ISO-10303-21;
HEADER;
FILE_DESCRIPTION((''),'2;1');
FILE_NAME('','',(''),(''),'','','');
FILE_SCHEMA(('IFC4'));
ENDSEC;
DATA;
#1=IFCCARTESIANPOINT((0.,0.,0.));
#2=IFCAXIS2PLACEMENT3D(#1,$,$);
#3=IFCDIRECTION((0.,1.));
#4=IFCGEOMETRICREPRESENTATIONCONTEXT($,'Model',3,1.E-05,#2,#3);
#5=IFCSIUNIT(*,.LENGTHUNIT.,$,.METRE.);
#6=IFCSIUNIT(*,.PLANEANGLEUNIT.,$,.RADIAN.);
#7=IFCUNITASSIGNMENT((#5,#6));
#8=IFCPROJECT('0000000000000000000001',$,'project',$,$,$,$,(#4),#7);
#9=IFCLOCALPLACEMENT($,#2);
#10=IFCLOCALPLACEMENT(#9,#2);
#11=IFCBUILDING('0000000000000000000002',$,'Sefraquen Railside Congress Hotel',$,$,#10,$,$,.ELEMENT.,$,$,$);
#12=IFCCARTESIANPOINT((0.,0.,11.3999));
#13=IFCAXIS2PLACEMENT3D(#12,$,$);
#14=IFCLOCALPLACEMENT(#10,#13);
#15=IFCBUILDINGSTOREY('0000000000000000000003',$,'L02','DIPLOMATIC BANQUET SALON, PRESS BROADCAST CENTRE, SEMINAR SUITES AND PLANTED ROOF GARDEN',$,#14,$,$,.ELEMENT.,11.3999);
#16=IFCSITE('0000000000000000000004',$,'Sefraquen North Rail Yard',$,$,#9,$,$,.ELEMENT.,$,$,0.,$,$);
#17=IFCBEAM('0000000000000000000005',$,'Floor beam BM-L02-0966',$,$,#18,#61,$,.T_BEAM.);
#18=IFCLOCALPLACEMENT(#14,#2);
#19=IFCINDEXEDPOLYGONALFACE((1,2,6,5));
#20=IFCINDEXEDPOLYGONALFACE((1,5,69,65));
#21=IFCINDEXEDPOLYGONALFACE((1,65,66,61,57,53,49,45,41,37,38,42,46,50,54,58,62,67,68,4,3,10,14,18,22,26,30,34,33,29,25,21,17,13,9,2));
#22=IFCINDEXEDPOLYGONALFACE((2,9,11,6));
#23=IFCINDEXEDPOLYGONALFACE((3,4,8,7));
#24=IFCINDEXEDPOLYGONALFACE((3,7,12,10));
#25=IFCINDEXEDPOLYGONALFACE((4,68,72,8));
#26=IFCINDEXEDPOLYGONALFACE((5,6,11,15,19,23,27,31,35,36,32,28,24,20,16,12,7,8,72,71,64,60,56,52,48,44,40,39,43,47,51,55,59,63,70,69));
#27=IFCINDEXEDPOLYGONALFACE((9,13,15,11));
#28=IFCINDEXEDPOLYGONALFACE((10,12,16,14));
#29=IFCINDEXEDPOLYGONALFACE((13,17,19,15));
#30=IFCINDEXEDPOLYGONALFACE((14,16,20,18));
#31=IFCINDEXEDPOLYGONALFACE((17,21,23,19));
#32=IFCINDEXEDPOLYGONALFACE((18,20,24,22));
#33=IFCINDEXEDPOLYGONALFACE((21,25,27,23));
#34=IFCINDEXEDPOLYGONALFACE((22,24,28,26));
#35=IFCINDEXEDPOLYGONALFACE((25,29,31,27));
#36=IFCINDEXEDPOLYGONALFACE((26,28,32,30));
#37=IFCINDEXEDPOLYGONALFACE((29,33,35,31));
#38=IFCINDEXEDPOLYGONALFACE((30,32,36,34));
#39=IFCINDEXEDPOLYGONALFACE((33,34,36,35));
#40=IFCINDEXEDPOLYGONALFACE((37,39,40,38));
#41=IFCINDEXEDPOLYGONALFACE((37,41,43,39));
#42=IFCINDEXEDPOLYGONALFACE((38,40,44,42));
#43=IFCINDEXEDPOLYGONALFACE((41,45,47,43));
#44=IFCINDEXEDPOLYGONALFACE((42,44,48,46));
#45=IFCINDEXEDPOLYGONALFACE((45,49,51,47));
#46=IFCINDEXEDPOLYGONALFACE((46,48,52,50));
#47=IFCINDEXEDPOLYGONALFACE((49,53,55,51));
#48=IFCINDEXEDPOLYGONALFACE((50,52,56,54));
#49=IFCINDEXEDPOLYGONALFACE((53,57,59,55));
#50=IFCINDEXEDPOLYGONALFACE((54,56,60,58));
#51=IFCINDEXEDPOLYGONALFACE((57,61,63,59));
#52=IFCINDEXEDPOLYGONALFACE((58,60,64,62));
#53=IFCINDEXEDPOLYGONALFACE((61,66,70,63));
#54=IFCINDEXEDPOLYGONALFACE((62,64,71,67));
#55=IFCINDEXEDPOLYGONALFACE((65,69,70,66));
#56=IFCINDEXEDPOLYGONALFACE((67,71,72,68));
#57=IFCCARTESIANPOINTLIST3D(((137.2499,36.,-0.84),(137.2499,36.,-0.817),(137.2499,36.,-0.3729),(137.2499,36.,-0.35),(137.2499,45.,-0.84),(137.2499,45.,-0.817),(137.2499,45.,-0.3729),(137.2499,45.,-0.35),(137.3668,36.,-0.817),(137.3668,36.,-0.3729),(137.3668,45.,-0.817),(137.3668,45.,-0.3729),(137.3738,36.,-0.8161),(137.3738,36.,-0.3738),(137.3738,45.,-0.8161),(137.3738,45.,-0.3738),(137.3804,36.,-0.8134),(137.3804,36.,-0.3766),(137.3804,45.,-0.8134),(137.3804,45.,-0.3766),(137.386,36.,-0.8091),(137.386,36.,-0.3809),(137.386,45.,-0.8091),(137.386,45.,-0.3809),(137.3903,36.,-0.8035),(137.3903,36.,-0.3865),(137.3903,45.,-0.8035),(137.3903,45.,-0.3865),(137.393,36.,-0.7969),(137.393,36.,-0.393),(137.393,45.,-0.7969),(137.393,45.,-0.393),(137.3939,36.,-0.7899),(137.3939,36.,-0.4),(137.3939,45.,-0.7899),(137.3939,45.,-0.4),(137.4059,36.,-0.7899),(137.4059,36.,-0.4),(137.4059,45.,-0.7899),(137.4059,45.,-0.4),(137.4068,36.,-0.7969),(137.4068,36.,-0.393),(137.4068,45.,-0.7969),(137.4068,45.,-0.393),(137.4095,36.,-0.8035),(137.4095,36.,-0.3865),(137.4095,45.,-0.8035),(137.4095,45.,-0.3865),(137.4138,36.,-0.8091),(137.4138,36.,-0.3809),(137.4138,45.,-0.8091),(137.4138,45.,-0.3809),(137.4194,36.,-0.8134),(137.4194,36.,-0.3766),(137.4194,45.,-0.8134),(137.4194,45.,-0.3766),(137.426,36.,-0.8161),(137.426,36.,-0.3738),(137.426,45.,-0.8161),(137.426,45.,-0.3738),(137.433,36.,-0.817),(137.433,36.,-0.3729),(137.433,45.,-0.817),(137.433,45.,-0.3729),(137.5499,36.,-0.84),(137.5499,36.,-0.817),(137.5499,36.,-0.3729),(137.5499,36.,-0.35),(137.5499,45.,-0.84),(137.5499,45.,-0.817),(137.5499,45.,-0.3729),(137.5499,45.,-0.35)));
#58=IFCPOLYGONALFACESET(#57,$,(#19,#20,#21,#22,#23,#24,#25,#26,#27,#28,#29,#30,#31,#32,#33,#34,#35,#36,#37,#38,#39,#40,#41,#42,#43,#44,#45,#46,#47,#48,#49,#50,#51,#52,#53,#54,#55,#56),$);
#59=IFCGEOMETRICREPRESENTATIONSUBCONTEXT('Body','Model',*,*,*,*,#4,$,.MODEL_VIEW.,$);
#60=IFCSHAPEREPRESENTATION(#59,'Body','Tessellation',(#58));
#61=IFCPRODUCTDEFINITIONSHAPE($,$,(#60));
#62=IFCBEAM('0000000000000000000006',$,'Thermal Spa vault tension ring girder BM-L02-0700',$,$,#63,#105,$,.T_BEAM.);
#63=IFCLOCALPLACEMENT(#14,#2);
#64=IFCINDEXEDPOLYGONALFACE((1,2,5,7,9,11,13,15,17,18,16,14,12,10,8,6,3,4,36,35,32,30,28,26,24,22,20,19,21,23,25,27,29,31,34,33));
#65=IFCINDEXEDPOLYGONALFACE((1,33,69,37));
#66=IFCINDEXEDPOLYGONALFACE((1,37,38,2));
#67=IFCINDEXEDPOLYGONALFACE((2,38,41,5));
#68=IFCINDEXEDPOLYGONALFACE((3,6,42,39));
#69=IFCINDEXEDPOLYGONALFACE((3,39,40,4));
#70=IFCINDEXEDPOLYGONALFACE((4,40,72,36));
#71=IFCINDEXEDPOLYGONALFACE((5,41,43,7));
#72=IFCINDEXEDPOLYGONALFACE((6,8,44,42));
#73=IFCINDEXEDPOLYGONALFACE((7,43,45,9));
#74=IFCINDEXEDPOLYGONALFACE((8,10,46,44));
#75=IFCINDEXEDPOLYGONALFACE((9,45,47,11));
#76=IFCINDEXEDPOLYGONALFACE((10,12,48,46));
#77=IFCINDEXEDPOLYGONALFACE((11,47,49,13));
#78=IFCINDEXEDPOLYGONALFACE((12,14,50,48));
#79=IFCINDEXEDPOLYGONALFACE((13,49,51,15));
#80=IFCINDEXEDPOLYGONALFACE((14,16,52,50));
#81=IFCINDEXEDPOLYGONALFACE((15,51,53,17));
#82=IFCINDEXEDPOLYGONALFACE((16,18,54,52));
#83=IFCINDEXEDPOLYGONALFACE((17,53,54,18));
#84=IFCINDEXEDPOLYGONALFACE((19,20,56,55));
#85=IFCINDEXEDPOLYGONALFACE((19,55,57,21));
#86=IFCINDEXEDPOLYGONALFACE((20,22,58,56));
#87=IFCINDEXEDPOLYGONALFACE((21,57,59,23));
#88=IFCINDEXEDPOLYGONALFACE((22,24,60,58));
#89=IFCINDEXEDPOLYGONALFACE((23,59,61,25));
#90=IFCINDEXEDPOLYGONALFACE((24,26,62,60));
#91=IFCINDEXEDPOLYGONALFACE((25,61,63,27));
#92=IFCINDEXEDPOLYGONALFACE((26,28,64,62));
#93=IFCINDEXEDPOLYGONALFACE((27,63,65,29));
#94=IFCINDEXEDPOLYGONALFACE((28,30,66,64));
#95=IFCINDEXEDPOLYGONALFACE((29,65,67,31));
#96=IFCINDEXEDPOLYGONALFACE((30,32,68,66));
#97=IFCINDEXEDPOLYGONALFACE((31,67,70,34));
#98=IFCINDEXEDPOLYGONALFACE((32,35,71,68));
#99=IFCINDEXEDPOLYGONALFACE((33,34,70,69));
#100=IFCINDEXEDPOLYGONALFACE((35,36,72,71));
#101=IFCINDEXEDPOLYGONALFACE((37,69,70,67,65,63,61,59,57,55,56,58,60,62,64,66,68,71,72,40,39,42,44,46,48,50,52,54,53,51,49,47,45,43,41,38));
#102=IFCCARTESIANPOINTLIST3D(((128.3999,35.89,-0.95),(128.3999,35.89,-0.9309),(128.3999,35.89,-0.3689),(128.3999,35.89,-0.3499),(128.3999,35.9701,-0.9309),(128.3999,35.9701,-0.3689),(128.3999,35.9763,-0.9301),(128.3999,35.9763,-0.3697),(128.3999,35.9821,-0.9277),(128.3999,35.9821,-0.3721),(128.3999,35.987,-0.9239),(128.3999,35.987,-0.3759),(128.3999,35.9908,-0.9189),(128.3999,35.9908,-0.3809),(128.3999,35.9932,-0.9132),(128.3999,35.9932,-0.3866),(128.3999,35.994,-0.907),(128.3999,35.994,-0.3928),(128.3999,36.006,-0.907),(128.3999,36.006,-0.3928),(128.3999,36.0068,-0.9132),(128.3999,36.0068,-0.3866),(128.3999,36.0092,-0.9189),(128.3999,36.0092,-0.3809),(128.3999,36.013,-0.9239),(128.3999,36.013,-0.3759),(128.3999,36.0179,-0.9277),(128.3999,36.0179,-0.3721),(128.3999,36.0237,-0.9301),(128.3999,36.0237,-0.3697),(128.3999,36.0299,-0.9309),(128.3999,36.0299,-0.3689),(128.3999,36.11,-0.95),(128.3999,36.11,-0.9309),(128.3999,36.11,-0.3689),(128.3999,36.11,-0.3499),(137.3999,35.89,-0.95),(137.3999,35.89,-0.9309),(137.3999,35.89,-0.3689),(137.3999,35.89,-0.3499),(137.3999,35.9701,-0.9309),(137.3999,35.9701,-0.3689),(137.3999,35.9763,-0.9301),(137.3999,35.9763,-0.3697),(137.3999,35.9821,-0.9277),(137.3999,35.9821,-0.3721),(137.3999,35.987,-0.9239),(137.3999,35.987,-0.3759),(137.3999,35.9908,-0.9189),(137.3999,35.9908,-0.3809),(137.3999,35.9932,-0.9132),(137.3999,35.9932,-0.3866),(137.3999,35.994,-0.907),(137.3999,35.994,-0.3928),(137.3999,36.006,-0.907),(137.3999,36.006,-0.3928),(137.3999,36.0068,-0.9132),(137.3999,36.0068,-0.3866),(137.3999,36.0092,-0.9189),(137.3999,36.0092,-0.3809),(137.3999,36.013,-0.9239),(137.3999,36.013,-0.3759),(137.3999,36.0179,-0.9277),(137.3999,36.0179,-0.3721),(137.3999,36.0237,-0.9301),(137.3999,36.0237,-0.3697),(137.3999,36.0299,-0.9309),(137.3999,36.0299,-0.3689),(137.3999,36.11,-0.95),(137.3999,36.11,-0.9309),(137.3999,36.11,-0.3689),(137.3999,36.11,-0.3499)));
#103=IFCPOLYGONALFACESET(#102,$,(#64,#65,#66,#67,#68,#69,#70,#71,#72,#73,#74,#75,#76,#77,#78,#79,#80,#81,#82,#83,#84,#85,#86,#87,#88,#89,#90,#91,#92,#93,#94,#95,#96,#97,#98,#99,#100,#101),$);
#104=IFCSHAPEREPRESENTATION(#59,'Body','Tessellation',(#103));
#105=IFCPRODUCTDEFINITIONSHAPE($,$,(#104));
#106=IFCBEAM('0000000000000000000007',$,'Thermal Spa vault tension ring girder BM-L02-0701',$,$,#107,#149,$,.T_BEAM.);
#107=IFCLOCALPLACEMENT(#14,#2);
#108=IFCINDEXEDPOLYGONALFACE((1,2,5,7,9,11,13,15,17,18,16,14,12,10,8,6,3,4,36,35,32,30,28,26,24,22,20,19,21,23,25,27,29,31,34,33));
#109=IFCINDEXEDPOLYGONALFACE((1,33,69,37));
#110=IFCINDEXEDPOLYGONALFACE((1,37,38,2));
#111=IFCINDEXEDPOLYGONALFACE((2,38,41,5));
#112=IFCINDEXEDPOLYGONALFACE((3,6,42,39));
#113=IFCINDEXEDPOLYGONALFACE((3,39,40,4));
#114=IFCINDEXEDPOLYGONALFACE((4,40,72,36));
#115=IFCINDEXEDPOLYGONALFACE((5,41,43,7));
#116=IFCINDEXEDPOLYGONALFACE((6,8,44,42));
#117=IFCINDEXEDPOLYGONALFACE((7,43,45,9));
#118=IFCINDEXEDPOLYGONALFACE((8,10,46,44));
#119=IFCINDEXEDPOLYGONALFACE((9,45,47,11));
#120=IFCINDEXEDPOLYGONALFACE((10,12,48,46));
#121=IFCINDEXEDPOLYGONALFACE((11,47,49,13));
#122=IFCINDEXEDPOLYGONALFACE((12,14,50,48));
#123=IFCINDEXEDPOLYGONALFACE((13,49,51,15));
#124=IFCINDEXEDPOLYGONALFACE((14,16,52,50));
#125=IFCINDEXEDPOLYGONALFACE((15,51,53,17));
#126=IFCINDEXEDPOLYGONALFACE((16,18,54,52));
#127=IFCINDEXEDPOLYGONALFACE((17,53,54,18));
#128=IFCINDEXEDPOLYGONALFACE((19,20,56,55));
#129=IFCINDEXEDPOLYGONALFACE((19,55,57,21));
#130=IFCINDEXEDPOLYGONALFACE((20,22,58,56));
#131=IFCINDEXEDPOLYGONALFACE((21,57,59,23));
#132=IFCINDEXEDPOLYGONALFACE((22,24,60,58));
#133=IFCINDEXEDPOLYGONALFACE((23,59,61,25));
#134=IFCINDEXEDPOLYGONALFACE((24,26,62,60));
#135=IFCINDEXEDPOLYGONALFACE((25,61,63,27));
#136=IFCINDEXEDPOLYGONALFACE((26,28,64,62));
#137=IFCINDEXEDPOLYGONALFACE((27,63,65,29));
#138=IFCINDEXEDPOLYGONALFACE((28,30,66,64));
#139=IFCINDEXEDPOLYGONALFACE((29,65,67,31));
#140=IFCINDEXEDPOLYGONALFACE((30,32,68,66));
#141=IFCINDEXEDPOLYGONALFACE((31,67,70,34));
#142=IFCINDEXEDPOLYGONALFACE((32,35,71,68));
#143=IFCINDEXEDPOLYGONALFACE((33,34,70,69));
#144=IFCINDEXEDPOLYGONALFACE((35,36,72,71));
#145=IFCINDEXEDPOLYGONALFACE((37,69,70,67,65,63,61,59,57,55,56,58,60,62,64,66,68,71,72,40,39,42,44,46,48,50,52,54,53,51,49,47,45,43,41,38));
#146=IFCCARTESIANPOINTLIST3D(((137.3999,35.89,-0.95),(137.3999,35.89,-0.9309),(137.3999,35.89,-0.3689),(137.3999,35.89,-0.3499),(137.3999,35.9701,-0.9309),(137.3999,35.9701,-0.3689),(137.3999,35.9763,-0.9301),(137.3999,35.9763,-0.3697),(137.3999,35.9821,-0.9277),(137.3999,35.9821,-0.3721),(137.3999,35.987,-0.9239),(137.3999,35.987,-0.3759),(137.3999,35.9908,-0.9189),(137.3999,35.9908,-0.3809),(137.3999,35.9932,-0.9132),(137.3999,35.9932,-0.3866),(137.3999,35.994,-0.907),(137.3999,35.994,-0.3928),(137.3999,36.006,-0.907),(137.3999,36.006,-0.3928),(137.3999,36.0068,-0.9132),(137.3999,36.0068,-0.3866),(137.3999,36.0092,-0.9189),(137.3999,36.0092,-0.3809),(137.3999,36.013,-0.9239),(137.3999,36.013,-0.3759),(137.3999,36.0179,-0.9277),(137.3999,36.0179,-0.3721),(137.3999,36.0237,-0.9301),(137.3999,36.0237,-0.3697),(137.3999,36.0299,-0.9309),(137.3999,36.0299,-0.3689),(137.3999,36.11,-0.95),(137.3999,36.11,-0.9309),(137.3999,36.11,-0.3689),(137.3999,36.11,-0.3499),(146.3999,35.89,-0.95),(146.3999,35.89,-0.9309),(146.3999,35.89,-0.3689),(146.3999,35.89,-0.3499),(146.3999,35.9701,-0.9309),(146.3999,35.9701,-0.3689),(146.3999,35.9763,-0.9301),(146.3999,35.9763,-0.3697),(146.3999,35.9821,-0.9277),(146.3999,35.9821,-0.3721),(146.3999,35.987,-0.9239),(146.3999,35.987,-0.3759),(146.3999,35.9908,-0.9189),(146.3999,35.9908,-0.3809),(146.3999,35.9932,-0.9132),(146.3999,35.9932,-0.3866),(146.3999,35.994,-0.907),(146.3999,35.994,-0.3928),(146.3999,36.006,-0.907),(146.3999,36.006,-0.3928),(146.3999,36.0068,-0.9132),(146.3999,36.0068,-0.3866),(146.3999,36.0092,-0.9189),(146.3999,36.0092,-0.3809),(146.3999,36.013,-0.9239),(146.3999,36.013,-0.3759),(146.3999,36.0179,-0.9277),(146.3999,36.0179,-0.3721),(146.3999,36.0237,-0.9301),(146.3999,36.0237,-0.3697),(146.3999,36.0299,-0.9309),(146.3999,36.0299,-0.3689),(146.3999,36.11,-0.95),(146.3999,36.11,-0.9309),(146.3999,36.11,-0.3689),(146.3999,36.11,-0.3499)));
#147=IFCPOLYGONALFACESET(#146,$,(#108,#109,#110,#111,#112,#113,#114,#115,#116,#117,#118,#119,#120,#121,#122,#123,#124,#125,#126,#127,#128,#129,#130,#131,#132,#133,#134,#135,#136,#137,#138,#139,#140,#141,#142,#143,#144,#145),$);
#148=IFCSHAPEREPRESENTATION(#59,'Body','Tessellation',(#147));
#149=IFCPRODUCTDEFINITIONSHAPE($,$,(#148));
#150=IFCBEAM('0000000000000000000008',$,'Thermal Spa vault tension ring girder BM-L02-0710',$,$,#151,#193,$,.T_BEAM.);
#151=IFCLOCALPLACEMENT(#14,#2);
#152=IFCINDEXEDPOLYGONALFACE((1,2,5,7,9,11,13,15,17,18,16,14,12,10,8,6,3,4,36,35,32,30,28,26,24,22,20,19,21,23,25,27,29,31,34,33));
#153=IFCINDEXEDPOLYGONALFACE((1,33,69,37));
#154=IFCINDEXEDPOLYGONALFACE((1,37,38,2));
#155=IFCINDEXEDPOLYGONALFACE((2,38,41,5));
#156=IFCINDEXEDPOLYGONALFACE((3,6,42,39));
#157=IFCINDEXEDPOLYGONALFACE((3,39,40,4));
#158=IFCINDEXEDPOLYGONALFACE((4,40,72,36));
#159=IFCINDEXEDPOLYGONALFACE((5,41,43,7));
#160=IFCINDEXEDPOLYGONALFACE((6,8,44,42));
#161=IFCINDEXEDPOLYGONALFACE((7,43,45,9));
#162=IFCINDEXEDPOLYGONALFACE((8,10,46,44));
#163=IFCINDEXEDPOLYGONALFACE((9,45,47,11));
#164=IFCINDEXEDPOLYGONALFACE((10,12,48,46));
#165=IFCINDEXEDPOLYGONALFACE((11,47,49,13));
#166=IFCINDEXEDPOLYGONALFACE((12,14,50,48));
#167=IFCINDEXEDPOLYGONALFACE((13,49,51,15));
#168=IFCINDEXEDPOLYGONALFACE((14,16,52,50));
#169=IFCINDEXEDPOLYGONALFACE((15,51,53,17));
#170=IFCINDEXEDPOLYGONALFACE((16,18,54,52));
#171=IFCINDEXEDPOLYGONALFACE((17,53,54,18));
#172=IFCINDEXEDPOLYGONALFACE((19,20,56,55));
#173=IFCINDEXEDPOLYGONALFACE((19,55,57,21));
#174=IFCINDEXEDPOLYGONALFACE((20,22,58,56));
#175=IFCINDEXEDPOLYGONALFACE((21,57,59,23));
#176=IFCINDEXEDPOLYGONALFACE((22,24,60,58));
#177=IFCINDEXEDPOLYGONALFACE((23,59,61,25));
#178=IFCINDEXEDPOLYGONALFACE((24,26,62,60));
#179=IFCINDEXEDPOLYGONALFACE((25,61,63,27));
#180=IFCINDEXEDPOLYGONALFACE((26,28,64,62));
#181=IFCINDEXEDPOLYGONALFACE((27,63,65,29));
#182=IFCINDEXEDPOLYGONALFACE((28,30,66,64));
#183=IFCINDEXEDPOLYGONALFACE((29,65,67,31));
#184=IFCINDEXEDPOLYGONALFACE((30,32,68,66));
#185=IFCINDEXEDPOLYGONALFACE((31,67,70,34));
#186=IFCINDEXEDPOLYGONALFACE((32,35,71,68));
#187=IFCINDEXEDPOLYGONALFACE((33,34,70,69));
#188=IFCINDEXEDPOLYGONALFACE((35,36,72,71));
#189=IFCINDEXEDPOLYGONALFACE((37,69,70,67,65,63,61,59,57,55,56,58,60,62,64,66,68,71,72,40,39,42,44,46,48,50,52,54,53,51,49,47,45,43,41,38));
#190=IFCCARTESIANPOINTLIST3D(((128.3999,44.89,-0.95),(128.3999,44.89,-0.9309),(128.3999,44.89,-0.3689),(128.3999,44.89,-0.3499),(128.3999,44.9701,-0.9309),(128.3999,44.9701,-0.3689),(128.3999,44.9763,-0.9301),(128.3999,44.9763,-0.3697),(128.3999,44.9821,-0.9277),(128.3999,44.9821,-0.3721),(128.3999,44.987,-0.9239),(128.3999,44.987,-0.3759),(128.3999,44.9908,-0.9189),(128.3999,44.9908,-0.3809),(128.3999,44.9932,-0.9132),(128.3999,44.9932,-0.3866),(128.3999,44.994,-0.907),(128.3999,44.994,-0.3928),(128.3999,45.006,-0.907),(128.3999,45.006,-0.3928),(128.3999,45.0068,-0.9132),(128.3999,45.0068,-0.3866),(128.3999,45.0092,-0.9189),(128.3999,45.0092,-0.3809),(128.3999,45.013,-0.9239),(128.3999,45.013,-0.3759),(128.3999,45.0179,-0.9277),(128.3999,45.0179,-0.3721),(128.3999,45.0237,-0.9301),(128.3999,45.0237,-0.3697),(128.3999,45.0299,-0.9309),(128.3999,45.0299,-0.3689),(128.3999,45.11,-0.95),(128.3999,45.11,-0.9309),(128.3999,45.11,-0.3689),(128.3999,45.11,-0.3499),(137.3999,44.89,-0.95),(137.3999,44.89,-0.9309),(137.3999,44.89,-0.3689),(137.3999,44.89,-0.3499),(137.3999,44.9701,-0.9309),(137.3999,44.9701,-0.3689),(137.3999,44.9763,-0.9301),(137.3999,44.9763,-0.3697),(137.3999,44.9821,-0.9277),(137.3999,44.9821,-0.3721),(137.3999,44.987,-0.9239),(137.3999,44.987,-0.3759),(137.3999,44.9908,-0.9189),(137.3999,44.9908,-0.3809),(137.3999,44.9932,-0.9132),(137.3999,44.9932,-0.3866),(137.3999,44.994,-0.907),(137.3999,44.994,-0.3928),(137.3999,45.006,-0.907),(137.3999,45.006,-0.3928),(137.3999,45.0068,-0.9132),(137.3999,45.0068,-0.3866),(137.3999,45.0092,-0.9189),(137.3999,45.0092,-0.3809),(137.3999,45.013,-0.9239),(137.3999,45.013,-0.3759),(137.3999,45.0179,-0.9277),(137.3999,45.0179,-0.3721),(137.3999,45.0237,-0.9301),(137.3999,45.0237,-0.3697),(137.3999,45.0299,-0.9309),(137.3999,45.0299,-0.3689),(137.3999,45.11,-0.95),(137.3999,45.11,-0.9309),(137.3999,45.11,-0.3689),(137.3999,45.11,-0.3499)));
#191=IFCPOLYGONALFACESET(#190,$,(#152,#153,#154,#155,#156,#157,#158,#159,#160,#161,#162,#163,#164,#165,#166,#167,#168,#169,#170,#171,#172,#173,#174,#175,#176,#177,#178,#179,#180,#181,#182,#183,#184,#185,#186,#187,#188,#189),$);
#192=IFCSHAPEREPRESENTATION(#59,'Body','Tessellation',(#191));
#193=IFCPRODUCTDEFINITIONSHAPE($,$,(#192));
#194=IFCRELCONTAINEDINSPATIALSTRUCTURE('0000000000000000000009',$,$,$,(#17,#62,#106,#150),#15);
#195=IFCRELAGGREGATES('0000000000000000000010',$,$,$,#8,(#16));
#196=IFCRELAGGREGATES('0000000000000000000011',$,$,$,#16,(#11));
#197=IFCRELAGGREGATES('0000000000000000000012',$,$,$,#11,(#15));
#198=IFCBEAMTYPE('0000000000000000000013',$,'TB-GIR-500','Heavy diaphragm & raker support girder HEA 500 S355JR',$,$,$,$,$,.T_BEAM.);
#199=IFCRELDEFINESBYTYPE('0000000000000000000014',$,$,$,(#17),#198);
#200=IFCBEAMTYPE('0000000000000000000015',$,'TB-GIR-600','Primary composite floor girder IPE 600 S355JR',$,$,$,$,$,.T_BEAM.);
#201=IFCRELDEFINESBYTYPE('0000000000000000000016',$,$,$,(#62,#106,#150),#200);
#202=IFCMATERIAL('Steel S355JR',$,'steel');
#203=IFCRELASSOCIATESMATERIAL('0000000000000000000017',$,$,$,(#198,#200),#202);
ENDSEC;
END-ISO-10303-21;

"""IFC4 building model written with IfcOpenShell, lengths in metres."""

from ifc_helpers import new_model, si_unit, direction, frame, origin, origin_2d, place, context, subcontext, project, spatial, i_section, extrude, material, material_profile, profile_set, type_object, element, save


model = new_model("IFC4")

# Units and contexts
model_context = context("Model", 3, precision=1e-05, world=origin(), true_north=direction((0.0, 1.0)))
body_context = subcontext(model_context, "Body", "Model", "MODEL_VIEW")
ifc_project = project(units=[si_unit("LENGTHUNIT", "METRE"), si_unit("PLANEANGLEUNIT", "RADIAN")], contexts=[model_context])

# Site, building, storey
site_placement = place(None, origin())
site = spatial("IfcSite", under=ifc_project, at=site_placement, Name="Sefraquen North Rail Yard", CompositionType="ELEMENT", RefElevation=0.0)
building_placement = place(site_placement, origin())
building = spatial("IfcBuilding", under=site, at=building_placement, Name="Sefraquen Railside Congress Hotel", CompositionType="ELEMENT")
storey_placement = place(building_placement, frame((0.0, 0.0, 11.3999)))
storey = spatial("IfcBuildingStorey", under=building, at=storey_placement, Name="L02", Description="DIPLOMATIC BANQUET SALON, PRESS BROADCAST CENTRE, SEMINAR SUITES AND PLANTED ROOF GARDEN", CompositionType="ELEMENT", Elevation=11.3999)

# Shared definitions
ifc_material_1 = material(Name="Steel S355JR", Category="steel")

# Beams
ifc_material_profile_1 = material_profile(ifc_material_1, i_section(OverallWidth=0.3, OverallDepth=0.49, WebThickness=0.012, FlangeThickness=0.0229, FilletRadius=0.0271, at=origin_2d()), Name="HEA 500")
ifc_profile_set_1 = profile_set([ifc_material_profile_1], Name="Steel S355JR")
beam_type_1 = type_object("IfcBeamType", Name="TB-GIR-500", Description="Heavy diaphragm & raker support girder HEA 500 S355JR", PredefinedType="T_BEAM", material=ifc_profile_set_1)
beam_1_placement = place(storey_placement, frame((137.3999, 36.0, -0.595), z_axis=(0.0, 1.0, 0.0), x_axis=(-1.0, 0.0, 0.0)))
element("IfcBeam", 1, at=beam_1_placement, inside=storey, type_object=beam_type_1, Name="Floor beam BM-L02-0966", PredefinedType="T_BEAM", context=body_context, shape_type="SweptSolid", body=[
    extrude(i_section(OverallWidth=0.3, OverallDepth=0.49, WebThickness=0.012, FlangeThickness=0.0229, FilletRadius=0.0271, at=origin_2d()), origin(), (0.0, 0.0, 1.0), 9.0),
])
ifc_material_profile_2 = material_profile(ifc_material_1, i_section(OverallWidth=0.22, OverallDepth=0.6001, WebThickness=0.012, FlangeThickness=0.019, FilletRadius=0.0239, at=origin_2d()), Name="IPE 600")
ifc_profile_set_2 = profile_set([ifc_material_profile_2], Name="Steel S355JR")
beam_type_2 = type_object("IfcBeamType", Name="TB-GIR-600", Description="Primary composite floor girder IPE 600 S355JR", PredefinedType="T_BEAM", material=ifc_profile_set_2)
for number, where, z_axis, x_axis, name in (
    (2, (128.3999, 36.0, -0.6499), (1.0, 0.0, 0.0), (0.0, 1.0, 0.0), "Thermal Spa vault tension ring girder BM-L02-0700"),
    (3, (137.3999, 36.0, -0.6499), (1.0, 0.0, 0.0), (0.0, 1.0, 0.0), "Thermal Spa vault tension ring girder BM-L02-0701"),
    (4, (128.3999, 45.0, -0.6499), (1.0, 0.0, 0.0), (0.0, 1.0, 0.0), "Thermal Spa vault tension ring girder BM-L02-0710"),
):
    element("IfcBeam", number, at=place(storey_placement, frame(where, z_axis=z_axis, x_axis=x_axis)), inside=storey, type_object=beam_type_2, Name=name, PredefinedType="T_BEAM", context=body_context, shape_type="SweptSolid", body=[
        extrude(i_section(OverallWidth=0.22, OverallDepth=0.6001, WebThickness=0.012, FlangeThickness=0.019, FilletRadius=0.0239, at=origin_2d()), origin(), (0.0, 0.0, 1.0), 9.0),
    ])

save(model, "model.ifc")
